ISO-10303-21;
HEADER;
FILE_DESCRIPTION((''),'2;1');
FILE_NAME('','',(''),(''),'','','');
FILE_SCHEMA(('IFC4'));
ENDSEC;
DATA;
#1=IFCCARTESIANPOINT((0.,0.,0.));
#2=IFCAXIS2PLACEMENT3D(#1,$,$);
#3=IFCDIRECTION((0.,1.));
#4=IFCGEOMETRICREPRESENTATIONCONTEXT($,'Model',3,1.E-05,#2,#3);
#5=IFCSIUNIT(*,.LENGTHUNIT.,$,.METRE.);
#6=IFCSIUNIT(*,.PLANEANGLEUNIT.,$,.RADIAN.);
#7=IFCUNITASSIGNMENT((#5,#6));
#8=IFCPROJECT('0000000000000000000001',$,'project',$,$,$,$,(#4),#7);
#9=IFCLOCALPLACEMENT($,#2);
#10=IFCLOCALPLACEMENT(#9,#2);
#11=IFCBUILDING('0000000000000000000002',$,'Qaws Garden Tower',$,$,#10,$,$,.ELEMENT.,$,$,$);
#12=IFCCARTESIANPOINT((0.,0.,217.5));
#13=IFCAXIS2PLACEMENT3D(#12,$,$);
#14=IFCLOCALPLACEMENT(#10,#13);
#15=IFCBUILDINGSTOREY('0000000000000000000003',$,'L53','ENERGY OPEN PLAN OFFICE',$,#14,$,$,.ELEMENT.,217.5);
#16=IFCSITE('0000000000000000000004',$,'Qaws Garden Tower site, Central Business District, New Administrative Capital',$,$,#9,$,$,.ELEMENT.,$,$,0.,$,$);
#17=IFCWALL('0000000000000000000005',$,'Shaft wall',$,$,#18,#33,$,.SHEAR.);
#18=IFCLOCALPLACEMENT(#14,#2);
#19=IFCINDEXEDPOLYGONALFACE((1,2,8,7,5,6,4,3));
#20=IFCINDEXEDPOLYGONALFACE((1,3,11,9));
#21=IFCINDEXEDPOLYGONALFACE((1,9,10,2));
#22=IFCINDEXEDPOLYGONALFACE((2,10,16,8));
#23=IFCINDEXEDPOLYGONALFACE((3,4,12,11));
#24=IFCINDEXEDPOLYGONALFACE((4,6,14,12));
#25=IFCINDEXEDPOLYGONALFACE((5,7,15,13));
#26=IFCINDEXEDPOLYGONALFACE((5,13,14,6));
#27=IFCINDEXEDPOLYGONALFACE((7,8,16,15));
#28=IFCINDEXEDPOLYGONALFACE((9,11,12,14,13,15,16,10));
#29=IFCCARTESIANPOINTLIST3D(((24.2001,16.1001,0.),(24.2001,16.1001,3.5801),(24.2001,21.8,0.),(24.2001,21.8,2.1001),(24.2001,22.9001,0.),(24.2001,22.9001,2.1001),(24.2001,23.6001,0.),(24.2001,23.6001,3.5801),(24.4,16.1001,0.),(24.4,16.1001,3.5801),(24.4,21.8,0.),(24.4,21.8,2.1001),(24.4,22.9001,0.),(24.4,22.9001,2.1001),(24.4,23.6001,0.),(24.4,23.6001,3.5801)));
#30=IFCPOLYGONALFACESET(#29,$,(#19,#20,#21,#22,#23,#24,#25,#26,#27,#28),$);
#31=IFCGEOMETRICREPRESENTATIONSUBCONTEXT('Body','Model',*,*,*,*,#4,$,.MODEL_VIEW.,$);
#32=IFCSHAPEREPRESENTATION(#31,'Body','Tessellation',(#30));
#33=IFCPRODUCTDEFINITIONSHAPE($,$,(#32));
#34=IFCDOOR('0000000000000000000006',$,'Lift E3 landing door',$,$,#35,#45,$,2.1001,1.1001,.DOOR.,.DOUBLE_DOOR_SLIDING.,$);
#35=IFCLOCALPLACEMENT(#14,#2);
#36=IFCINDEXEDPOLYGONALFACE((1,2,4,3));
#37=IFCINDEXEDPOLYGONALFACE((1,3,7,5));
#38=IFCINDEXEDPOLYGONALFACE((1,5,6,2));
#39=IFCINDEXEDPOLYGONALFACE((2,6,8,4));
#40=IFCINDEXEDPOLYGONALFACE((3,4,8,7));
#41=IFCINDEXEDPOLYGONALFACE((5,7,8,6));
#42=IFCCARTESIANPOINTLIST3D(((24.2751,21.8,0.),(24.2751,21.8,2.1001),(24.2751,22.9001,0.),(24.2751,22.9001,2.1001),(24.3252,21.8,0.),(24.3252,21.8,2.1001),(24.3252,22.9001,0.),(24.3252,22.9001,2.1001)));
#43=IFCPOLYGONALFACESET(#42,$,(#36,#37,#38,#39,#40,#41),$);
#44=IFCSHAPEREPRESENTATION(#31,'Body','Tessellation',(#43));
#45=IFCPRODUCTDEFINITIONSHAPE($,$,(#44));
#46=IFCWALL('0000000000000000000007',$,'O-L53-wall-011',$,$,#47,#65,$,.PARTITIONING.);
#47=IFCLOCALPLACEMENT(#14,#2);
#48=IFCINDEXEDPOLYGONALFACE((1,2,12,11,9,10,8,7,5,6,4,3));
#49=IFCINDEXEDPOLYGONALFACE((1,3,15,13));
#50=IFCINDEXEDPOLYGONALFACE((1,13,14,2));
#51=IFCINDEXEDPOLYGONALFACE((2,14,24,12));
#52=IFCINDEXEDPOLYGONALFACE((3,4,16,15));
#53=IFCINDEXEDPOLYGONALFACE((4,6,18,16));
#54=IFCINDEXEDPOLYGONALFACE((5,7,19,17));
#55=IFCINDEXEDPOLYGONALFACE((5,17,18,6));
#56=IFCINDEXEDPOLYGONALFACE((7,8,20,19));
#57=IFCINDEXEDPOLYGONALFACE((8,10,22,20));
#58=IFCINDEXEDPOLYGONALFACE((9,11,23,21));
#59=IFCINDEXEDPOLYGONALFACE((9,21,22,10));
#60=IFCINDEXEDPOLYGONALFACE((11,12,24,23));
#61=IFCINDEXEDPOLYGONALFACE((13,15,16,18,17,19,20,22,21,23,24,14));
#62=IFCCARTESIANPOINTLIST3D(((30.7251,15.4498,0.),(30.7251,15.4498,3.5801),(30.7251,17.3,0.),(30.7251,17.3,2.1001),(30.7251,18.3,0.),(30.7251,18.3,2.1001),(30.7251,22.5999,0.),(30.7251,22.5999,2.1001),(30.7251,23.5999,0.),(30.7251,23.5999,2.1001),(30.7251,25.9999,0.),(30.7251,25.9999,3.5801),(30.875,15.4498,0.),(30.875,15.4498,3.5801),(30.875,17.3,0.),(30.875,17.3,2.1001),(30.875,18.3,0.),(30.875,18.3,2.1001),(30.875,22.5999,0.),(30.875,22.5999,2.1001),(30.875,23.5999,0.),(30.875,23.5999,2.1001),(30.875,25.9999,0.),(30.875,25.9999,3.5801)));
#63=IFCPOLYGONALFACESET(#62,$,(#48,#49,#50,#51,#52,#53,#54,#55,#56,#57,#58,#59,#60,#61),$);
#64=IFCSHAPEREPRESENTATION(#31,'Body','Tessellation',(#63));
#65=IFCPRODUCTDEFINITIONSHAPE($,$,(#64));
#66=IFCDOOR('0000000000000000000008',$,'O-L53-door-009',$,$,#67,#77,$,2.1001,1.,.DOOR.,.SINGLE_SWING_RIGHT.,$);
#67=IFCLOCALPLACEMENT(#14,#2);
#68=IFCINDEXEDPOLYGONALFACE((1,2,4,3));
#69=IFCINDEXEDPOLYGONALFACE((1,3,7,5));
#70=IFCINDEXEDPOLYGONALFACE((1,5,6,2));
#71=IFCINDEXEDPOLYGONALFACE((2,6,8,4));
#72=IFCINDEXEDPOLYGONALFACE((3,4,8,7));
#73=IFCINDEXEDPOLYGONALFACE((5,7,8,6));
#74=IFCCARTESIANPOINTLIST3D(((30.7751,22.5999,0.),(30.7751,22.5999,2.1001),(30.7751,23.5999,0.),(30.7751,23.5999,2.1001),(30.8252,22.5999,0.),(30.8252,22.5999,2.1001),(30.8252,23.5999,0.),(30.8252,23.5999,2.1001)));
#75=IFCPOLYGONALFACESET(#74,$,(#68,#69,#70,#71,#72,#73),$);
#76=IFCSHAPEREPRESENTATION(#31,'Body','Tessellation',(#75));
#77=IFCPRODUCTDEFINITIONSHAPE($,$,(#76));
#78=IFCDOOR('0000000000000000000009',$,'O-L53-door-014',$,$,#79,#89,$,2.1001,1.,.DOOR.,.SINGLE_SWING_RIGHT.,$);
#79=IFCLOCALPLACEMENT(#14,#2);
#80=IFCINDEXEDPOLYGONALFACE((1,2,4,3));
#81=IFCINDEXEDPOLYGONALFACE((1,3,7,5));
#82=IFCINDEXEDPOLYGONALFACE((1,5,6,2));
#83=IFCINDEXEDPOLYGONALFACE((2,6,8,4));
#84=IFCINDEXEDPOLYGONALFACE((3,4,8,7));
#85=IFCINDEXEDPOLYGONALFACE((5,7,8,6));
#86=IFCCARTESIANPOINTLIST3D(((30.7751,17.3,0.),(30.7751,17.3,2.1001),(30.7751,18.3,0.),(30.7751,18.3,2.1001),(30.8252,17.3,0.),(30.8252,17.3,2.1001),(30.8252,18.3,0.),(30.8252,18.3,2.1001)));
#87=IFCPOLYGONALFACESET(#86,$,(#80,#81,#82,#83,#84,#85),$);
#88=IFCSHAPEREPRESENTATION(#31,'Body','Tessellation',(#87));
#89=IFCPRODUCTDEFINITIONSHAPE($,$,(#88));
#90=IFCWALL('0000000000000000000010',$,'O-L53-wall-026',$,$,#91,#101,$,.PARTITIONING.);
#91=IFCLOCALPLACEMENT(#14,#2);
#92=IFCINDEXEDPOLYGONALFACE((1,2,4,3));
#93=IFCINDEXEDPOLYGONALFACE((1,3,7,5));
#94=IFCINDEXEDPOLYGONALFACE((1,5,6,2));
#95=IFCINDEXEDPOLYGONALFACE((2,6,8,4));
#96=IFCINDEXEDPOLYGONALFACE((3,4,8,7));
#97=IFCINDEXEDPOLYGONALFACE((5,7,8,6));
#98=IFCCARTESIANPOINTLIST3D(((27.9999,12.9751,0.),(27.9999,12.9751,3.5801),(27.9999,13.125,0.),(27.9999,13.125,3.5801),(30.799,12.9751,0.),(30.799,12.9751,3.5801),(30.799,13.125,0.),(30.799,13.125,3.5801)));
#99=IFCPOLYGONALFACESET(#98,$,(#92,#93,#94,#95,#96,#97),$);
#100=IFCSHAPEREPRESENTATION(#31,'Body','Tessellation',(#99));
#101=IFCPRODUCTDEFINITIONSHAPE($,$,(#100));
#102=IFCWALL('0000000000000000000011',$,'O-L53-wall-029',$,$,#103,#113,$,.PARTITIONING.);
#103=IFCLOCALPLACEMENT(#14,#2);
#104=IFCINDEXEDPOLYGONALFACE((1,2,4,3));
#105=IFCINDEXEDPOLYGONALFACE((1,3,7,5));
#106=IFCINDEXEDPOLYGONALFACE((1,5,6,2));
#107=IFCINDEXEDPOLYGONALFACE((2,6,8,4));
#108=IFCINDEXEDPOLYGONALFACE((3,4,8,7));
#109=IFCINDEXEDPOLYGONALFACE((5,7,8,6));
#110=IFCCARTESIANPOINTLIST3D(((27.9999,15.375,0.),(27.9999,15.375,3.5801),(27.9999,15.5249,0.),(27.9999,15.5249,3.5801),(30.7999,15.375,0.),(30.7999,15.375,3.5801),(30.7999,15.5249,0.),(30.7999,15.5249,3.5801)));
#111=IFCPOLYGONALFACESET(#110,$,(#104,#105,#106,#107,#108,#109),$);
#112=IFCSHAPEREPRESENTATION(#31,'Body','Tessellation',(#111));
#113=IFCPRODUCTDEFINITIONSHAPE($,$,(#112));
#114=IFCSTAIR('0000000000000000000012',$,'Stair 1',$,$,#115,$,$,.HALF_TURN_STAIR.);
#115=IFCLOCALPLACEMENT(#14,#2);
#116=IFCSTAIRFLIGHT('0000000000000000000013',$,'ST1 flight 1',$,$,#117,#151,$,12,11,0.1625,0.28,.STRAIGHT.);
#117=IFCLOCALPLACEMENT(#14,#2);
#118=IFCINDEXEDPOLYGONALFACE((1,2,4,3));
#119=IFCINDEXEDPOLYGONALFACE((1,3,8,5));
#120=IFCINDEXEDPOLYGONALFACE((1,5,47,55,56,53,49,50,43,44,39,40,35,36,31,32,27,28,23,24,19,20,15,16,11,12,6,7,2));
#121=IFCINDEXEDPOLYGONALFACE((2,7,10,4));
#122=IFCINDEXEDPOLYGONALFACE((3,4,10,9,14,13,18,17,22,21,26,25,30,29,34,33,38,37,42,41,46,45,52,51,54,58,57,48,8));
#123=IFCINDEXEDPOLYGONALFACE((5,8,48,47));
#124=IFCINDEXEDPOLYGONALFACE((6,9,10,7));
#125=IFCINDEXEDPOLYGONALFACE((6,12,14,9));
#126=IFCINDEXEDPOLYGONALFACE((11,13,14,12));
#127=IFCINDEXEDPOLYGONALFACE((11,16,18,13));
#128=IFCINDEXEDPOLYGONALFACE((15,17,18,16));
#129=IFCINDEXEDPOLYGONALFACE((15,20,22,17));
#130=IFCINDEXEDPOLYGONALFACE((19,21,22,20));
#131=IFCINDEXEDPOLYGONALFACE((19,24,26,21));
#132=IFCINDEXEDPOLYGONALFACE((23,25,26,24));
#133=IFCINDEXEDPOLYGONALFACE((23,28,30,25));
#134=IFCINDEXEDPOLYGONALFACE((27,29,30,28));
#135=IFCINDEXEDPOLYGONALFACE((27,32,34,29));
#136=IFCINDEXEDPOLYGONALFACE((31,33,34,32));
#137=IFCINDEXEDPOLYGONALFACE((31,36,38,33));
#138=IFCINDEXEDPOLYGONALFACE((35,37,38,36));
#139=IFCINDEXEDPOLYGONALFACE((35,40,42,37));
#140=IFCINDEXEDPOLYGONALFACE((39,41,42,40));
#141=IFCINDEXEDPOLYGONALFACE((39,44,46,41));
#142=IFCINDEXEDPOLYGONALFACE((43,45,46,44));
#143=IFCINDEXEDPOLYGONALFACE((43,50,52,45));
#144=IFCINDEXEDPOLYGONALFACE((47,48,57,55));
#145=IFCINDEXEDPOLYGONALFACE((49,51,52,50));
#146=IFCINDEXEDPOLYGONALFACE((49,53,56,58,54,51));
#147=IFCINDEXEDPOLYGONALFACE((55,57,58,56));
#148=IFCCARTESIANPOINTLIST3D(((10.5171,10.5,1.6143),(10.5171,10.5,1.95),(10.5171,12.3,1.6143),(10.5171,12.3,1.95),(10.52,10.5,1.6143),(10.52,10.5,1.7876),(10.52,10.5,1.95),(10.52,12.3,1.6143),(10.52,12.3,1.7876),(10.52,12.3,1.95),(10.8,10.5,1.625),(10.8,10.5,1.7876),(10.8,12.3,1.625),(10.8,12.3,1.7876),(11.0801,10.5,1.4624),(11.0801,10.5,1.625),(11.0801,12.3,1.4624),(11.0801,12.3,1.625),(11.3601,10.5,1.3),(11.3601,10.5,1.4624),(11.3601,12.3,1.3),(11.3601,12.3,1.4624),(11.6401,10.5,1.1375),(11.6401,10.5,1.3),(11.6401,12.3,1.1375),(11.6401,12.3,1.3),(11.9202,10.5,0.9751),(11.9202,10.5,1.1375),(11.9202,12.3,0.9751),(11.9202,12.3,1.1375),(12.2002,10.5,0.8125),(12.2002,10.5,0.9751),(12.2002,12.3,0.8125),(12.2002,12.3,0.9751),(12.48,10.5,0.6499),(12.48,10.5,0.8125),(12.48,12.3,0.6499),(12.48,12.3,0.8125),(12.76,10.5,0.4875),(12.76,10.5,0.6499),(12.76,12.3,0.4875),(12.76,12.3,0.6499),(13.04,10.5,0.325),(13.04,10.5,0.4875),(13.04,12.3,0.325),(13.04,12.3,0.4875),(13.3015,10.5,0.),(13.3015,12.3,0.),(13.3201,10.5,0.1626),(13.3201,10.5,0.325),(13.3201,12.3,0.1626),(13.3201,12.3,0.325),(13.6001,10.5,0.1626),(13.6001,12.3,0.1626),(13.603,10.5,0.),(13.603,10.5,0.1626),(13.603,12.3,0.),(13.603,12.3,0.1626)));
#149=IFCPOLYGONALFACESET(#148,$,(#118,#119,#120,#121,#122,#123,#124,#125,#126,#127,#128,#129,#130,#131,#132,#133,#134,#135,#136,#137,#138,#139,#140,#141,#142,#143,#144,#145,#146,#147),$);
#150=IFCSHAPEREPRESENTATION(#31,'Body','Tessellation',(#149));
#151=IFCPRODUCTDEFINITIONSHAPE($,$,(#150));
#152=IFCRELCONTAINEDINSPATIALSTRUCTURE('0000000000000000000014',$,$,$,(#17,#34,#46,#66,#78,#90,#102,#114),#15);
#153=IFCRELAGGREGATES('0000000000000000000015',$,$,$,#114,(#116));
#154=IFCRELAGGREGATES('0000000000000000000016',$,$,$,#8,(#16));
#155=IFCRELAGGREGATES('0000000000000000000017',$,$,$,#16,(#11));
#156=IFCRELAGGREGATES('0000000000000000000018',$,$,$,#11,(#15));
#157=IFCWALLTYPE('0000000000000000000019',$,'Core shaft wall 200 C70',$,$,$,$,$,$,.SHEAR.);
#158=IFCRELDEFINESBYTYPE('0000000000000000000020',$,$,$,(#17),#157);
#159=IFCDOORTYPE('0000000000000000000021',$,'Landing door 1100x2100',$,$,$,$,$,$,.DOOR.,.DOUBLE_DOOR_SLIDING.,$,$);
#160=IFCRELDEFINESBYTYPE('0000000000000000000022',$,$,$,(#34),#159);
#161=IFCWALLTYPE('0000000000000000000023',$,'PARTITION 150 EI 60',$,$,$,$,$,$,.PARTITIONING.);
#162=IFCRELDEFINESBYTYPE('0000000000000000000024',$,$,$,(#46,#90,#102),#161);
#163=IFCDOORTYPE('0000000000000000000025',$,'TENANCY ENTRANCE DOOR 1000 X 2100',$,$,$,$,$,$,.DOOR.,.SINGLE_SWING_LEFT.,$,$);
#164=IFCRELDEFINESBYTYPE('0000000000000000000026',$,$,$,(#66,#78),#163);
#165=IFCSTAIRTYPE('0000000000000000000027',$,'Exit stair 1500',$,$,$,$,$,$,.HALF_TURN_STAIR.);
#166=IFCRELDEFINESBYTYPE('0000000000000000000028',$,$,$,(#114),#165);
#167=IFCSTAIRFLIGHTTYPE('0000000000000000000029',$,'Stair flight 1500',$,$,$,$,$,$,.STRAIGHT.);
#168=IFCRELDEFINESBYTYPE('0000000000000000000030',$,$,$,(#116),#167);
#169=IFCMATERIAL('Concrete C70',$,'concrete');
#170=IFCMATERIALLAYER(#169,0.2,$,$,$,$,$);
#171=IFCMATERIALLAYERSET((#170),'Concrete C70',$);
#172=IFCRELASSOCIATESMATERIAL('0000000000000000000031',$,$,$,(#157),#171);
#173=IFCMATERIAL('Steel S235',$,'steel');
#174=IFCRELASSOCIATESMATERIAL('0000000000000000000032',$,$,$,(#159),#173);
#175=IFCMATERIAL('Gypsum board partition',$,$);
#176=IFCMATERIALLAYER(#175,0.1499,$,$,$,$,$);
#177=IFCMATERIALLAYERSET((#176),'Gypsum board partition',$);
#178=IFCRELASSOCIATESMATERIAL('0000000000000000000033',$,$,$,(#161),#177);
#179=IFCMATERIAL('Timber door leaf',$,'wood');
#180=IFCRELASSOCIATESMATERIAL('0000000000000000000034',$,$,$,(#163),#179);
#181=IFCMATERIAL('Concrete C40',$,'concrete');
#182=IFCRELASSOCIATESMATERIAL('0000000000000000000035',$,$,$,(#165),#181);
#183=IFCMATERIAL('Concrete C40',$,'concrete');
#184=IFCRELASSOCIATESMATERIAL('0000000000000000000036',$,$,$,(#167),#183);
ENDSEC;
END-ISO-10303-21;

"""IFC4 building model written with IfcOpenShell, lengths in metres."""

from ifc_helpers import new_model, si_unit, direction, frame, frame_2d, origin, place, context, subcontext, project, spatial, polyline, rectangle, outline, extrude, material, layer, layer_set, type_object, element, fill, aggregate, save


model = new_model("IFC4")

# Units and contexts
model_context = context("Model", 3, precision=1e-05, world=origin(), true_north=direction((0.0, 1.0)))
body_context = subcontext(model_context, "Body", "Model", "MODEL_VIEW")
ifc_project = project(units=[si_unit("LENGTHUNIT", "METRE"), si_unit("PLANEANGLEUNIT", "RADIAN")], contexts=[model_context])

# Site, building, storey
site_placement = place(None, origin())
site = spatial("IfcSite", under=ifc_project, at=site_placement, Name="Qaws Garden Tower site, Central Business District, New Administrative Capital", CompositionType="ELEMENT", RefElevation=0.0)
building_placement = place(site_placement, origin())
building = spatial("IfcBuilding", under=site, at=building_placement, Name="Qaws Garden Tower", CompositionType="ELEMENT")
storey_placement = place(building_placement, frame((0.0, 0.0, 217.5)))
storey = spatial("IfcBuildingStorey", under=building, at=storey_placement, Name="L53", Description="ENERGY OPEN PLAN OFFICE", CompositionType="ELEMENT", Elevation=217.5)

# Shared definitions
ifc_material_1 = material(Name="Concrete C70", Category="concrete")
ifc_layer_1 = layer(ifc_material_1, 0.2)
ifc_layer_set_1 = layer_set([ifc_layer_1], Name="Concrete C70")
wall_type_1 = type_object("IfcWallType", Name="Core shaft wall 200 C70", PredefinedType="SHEAR", material=ifc_layer_set_1)
ifc_material_2 = material(Name="Steel S235", Category="steel")
door_type_1 = type_object("IfcDoorType", Name="Landing door 1100x2100", OperationType="DOUBLE_DOOR_SLIDING", PredefinedType="DOOR", material=ifc_material_2)

# Wall, opening, door
wall_1_placement = place(storey_placement, frame((24.3, 16.1001, 0.0), z_axis=(0.0, 0.0, 1.0), x_axis=(0.0, 1.0, 0.0)))
wall_1 = element("IfcWall", 1, at=wall_1_placement, inside=storey, type_object=wall_type_1, Name="Shaft wall", PredefinedType="SHEAR", context=body_context, shape_type="SweptSolid", body=[
    extrude(rectangle(XDim=7.5, YDim=0.2, at=frame_2d((3.75, 0.0))), origin(), (0.0, 0.0, 1.0), 3.5801),
])
opening_1_placement = place(wall_1_placement, frame((5.7, 0.0, 0.0)))
opening_1 = element("IfcOpeningElement", 2, at=opening_1_placement, cuts=wall_1, PredefinedType="OPENING", context=body_context, shape_type="SweptSolid", body=[
    extrude(rectangle(XDim=1.1001, YDim=2.1001, at=frame_2d((0.55, 1.05))), frame((0.0, 0.1099, 0.0), z_axis=(0.0, -1.0, 0.0), x_axis=(1.0, 0.0, 0.0)), (0.0, 0.0, 1.0), 0.22),
])
door_1_placement = place(opening_1_placement, origin())
door_1 = element("IfcDoor", 3, at=door_1_placement, inside=storey, type_object=door_type_1, Name="Lift E3 landing door", OperationType="DOUBLE_DOOR_SLIDING", OverallHeight=2.1001, OverallWidth=1.1001, PredefinedType="DOOR", context=body_context, shape_type="SweptSolid", body=[
    extrude(rectangle(XDim=1.1001, YDim=2.1001, at=frame_2d((0.55, 1.05))), frame((0.0, 0.0249, 0.0), z_axis=(0.0, -1.0, 0.0), x_axis=(1.0, 0.0, 0.0)), (0.0, 0.0, 1.0), 0.05),
])
fill(opening_1, door_1)

# Wall, openings, doors
ifc_material_3 = material(Name="Gypsum board partition")
ifc_layer_2 = layer(ifc_material_3, 0.1499)
ifc_layer_set_2 = layer_set([ifc_layer_2], Name="Gypsum board partition")
wall_type_2 = type_object("IfcWallType", Name="PARTITION 150 EI 60", PredefinedType="PARTITIONING", material=ifc_layer_set_2)
wall_2_placement = place(storey_placement, frame((30.8, 15.45, 0.0), z_axis=(0.0, 0.0, 1.0), x_axis=(0.0, 1.0, 0.0)))
wall_2 = element("IfcWall", 4, at=wall_2_placement, inside=storey, type_object=wall_type_2, Name="O-L53-wall-011", PredefinedType="PARTITIONING", context=body_context, shape_type="SweptSolid", body=[
    extrude(rectangle(XDim=10.55, YDim=0.1499, at=frame_2d((5.2749, 0.0))), origin(), (0.0, 0.0, 1.0), 3.5801),
])
opening_2_placement = place(wall_2_placement, frame((7.1499, 0.0, 0.0)))
opening_2 = element("IfcOpeningElement", 5, at=opening_2_placement, cuts=wall_2, PredefinedType="OPENING", context=body_context, shape_type="SweptSolid", body=[
    extrude(rectangle(XDim=1.0, YDim=2.1001, at=frame_2d((0.5, 1.05))), frame((0.0, 0.085, 0.0), z_axis=(0.0, -1.0, 0.0), x_axis=(1.0, 0.0, 0.0)), (0.0, 0.0, 1.0), 0.1699),
])
opening_3_placement = place(wall_2_placement, frame((1.8501, 0.0, 0.0)))
opening_3 = element("IfcOpeningElement", 6, at=opening_3_placement, cuts=wall_2, PredefinedType="OPENING", context=body_context, shape_type="SweptSolid", body=[
    extrude(rectangle(XDim=1.0, YDim=2.1001, at=frame_2d((0.5, 1.05))), frame((0.0, 0.085, 0.0), z_axis=(0.0, -1.0, 0.0), x_axis=(1.0, 0.0, 0.0)), (0.0, 0.0, 1.0), 0.1699),
])
ifc_material_4 = material(Name="Timber door leaf", Category="wood")
door_type_2 = type_object("IfcDoorType", Name="TENANCY ENTRANCE DOOR 1000 X 2100", OperationType="SINGLE_SWING_LEFT", PredefinedType="DOOR", material=ifc_material_4)
door_2_placement = place(opening_2_placement, origin())
door_2 = element("IfcDoor", 7, at=door_2_placement, inside=storey, type_object=door_type_2, Name="O-L53-door-009", OperationType="SINGLE_SWING_RIGHT", OverallHeight=2.1001, OverallWidth=1.0, PredefinedType="DOOR", context=body_context, shape_type="SweptSolid", body=[
    extrude(rectangle(XDim=1.0, YDim=2.1001, at=frame_2d((0.5, 1.05))), frame((0.0, 0.0249, 0.0), z_axis=(0.0, -1.0, 0.0), x_axis=(1.0, 0.0, 0.0)), (0.0, 0.0, 1.0), 0.05),
])
fill(opening_2, door_2)
door_3_placement = place(opening_3_placement, origin())
door_3 = element("IfcDoor", 8, at=door_3_placement, inside=storey, type_object=door_type_2, Name="O-L53-door-014", OperationType="SINGLE_SWING_RIGHT", OverallHeight=2.1001, OverallWidth=1.0, PredefinedType="DOOR", context=body_context, shape_type="SweptSolid", body=[
    extrude(rectangle(XDim=1.0, YDim=2.1001, at=frame_2d((0.5, 1.05))), frame((0.0, 0.0249, 0.0), z_axis=(0.0, -1.0, 0.0), x_axis=(1.0, 0.0, 0.0)), (0.0, 0.0, 1.0), 0.05),
])
fill(opening_3, door_3)

# Walls
wall_3_placement = place(storey_placement, frame((28.0, 13.05, 0.0), z_axis=(0.0, 0.0, 1.0), x_axis=(1.0, 0.0, 0.0)))
element("IfcWall", 9, at=wall_3_placement, inside=storey, type_object=wall_type_2, Name="O-L53-wall-026", PredefinedType="PARTITIONING", context=body_context, shape_type="SweptSolid", body=[
    extrude(rectangle(XDim=2.7991, YDim=0.1499, at=frame_2d((1.3994, 0.0))), origin(), (0.0, 0.0, 1.0), 3.5801),
])
wall_4_placement = place(storey_placement, frame((28.0, 15.45, 0.0), z_axis=(0.0, 0.0, 1.0), x_axis=(1.0, 0.0, 0.0)))
element("IfcWall", 10, at=wall_4_placement, inside=storey, type_object=wall_type_2, Name="O-L53-wall-029", PredefinedType="PARTITIONING", context=body_context, shape_type="SweptSolid", body=[
    extrude(rectangle(XDim=2.8, YDim=0.1499, at=frame_2d((1.3999, 0.0))), origin(), (0.0, 0.0, 1.0), 3.5801),
])

# Stair, stair flight
ifc_material_5 = material(Name="Concrete C40", Category="concrete")
stair_type = type_object("IfcStairType", Name="Exit stair 1500", PredefinedType="HALF_TURN_STAIR", material=ifc_material_5)
stair_placement = place(storey_placement, origin())
stair = element("IfcStair", 11, at=stair_placement, inside=storey, type_object=stair_type, Name="Stair 1", PredefinedType="HALF_TURN_STAIR")
ifc_material_6 = material(Name="Concrete C40", Category="concrete")
stair_flight_type = type_object("IfcStairFlightType", Name="Stair flight 1500", PredefinedType="STRAIGHT", material=ifc_material_6)
stair_flight_placement = place(storey_placement, frame((13.6001, 11.3999, 0.0), z_axis=(0.0, 0.0, 1.0), x_axis=(-1.0, 0.0, 0.0)))
stair_flight = element("IfcStairFlight", 12, at=stair_flight_placement, type_object=stair_flight_type, Name="ST1 flight 1", NumberOfRisers=12, NumberOfTreads=11, PredefinedType="STRAIGHT", RiserHeight=0.1625, TreadLength=0.28, context=body_context, shape_type="SweptSolid", body=[
    extrude(outline(polyline([(-0.0029, 0.0), (-0.0029, 0.1626), (0.0, 0.1626), (0.28, 0.1626), (0.28, 0.325), (0.5601, 0.325), (0.5601, 0.4875), (0.8401, 0.4875), (0.8401, 0.6499), (1.1201, 0.6499), (1.1201, 0.8125), (1.3999, 0.8125), (1.3999, 0.9751), (1.6799, 0.9751), (1.6799, 1.1375), (1.96, 1.1375), (1.96, 1.3), (2.24, 1.3), (2.24, 1.4624), (2.52, 1.4624), (2.52, 1.625), (2.8, 1.625), (2.8, 1.7876), (3.0801, 1.7876), (3.0801, 1.95), (3.083, 1.95), (3.083, 1.6143), (3.0801, 1.6143), (0.2986, 0.0), (-0.0029, 0.0)])), frame((0.0, 0.8999, 0.0), z_axis=(0.0, -1.0, 0.0), x_axis=(1.0, 0.0, 0.0)), (0.0, 0.0, 1.0), 1.8),
])
aggregate(stair, [stair_flight])

save(model, "model.ifc")
